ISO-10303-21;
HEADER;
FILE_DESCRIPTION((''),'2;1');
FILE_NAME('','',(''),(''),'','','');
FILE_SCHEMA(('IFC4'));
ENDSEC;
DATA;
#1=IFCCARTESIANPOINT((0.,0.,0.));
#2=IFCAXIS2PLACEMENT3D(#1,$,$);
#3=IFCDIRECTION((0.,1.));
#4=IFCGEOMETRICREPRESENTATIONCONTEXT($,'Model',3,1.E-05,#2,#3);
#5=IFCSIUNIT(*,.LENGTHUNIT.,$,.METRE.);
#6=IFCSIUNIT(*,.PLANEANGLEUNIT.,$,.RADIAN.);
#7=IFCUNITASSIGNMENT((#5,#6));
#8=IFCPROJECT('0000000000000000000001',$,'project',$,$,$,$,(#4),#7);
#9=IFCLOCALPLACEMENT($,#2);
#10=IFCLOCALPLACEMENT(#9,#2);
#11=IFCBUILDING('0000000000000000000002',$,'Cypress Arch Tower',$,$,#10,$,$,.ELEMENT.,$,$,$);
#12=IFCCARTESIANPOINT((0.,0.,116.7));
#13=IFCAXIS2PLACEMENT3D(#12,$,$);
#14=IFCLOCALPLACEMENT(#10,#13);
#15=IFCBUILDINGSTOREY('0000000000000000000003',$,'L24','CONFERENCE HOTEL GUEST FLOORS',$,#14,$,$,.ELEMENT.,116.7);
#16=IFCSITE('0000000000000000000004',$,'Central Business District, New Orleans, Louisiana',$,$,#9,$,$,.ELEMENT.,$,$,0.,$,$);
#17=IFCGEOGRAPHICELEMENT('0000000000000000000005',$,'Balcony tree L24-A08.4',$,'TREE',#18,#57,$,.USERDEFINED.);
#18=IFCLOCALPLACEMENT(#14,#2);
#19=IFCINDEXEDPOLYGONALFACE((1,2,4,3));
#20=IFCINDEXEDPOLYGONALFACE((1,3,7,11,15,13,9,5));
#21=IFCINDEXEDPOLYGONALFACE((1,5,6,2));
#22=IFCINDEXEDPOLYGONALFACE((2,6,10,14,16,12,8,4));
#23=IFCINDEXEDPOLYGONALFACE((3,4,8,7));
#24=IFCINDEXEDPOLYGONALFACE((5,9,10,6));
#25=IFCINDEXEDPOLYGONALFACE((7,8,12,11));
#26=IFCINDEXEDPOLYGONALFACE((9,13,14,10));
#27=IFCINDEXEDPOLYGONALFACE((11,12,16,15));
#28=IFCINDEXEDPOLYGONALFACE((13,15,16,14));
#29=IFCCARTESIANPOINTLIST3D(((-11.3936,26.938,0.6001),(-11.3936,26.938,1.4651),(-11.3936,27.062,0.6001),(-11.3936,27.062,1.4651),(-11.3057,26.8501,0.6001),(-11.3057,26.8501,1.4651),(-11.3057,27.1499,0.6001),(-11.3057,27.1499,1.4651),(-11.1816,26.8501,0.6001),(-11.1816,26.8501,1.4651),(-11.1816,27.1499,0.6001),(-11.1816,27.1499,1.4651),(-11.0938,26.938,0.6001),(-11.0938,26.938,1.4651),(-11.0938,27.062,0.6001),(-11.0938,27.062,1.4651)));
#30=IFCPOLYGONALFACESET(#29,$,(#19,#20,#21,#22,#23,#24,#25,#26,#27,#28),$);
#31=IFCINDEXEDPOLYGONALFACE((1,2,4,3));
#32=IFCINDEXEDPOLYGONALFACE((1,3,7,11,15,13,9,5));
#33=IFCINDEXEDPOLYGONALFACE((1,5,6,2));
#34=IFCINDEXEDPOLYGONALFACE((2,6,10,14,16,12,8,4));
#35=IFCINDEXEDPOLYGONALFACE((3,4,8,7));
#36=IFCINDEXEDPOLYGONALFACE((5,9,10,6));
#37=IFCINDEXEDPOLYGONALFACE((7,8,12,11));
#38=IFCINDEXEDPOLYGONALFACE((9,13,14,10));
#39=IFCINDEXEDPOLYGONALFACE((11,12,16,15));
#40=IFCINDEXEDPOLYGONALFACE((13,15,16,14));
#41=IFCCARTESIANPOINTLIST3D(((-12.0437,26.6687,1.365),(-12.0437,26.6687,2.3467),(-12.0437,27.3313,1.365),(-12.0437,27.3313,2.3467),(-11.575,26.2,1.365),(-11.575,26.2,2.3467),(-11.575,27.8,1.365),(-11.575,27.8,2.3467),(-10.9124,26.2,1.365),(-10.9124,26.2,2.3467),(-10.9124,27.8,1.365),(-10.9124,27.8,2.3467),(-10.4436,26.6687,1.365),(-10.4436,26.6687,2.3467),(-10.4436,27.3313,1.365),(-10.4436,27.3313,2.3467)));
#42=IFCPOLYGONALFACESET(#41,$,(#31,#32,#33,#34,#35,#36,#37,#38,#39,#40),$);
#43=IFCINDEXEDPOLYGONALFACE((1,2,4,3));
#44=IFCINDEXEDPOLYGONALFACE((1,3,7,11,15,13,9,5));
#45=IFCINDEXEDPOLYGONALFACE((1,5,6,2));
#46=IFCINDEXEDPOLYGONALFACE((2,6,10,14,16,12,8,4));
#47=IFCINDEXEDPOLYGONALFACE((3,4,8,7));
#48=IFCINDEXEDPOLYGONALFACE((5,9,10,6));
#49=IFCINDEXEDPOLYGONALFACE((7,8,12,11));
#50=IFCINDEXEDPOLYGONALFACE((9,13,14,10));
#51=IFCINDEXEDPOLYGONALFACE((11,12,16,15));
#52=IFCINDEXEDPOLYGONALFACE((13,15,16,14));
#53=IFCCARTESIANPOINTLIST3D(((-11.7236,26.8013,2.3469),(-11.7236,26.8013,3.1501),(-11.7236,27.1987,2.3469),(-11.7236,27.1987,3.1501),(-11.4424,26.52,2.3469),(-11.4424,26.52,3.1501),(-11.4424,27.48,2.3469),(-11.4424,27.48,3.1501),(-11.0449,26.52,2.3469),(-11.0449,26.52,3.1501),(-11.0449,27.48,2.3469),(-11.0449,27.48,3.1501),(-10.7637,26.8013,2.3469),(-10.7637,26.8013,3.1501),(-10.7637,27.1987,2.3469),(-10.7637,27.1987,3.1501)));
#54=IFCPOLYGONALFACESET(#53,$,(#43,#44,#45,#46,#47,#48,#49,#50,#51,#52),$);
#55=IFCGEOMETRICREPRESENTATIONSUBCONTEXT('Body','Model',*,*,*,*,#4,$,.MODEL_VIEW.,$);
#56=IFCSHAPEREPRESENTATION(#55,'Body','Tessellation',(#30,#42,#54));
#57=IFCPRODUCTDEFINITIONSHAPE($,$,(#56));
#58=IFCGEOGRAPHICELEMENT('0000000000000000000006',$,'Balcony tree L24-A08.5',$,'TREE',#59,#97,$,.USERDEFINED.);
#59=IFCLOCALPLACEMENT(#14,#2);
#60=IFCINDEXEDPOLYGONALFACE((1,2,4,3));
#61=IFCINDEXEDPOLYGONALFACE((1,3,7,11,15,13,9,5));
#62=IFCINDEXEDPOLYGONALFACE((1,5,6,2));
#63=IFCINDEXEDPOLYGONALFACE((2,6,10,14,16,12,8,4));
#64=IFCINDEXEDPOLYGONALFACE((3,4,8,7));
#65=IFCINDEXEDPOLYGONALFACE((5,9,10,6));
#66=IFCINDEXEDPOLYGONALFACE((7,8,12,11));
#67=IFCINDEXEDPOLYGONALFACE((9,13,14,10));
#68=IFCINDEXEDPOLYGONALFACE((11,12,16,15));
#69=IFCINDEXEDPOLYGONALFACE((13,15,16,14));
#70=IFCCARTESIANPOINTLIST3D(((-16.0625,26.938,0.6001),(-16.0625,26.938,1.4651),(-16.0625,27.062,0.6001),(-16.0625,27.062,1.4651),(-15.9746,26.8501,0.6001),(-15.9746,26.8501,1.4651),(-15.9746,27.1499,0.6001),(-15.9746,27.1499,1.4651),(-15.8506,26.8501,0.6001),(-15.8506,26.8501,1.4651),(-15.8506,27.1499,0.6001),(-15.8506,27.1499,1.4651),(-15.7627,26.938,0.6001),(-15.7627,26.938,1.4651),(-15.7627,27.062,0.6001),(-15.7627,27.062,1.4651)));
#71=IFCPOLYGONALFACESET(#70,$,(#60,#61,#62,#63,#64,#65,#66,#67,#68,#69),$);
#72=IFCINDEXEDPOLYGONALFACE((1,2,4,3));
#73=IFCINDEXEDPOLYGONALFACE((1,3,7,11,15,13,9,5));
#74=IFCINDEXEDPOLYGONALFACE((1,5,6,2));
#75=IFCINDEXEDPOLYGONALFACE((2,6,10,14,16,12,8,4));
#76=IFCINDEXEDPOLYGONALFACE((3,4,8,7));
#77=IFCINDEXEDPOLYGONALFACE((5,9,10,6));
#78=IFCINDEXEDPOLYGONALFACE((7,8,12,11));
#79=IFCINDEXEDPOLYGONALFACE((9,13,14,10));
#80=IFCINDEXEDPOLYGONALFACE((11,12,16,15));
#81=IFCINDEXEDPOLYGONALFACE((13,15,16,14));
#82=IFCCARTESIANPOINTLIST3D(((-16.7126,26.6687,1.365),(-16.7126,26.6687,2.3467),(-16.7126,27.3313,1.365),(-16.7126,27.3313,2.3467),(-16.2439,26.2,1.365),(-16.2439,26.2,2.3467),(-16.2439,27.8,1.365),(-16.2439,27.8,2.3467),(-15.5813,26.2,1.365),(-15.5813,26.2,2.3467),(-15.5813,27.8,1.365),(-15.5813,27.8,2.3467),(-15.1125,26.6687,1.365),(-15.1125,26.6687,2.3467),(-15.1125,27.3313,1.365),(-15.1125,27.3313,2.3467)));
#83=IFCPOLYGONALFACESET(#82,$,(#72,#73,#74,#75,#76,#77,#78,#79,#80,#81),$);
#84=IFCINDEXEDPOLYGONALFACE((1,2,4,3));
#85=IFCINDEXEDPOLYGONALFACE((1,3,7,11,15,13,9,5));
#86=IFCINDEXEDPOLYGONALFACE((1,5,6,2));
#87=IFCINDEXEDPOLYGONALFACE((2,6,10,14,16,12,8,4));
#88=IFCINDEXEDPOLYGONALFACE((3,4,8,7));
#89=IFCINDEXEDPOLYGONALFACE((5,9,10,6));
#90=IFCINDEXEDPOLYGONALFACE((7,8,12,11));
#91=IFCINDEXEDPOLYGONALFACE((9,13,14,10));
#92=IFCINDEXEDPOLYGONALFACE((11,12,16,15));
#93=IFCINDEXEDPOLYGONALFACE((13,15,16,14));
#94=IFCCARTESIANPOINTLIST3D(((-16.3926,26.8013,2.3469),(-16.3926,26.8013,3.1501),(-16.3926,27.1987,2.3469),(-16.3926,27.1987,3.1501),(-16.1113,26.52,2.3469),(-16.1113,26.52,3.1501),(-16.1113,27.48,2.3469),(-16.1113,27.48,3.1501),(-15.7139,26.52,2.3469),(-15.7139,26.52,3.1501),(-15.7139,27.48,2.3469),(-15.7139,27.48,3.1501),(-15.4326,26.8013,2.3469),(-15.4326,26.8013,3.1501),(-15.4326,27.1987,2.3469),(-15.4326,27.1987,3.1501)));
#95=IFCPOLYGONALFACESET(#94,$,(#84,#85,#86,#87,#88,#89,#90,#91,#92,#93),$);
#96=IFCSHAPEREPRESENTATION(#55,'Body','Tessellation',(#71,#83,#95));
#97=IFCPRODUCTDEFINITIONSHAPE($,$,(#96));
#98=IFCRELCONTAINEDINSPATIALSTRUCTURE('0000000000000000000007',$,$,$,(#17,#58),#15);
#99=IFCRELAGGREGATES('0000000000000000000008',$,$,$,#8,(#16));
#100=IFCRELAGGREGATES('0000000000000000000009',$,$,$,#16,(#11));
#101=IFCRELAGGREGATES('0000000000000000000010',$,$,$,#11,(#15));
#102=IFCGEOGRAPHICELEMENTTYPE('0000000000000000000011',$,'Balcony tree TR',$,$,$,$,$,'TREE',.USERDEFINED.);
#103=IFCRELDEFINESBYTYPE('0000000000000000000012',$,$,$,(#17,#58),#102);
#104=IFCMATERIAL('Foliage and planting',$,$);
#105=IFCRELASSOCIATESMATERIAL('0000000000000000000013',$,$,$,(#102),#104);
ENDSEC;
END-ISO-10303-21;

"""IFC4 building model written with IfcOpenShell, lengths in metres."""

from ifc_helpers import new_model, si_unit, direction, frame, origin, place, context, subcontext, project, spatial, polyline, outline, extrude, material, type_object, element, save


model = new_model("IFC4")

# Units and contexts
model_context = context("Model", 3, precision=1e-05, world=origin(), true_north=direction((0.0, 1.0)))
body_context = subcontext(model_context, "Body", "Model", "MODEL_VIEW")
ifc_project = project(units=[si_unit("LENGTHUNIT", "METRE"), si_unit("PLANEANGLEUNIT", "RADIAN")], contexts=[model_context])

# Site, building, storey
site_placement = place(None, origin())
site = spatial("IfcSite", under=ifc_project, at=site_placement, Name="Central Business District, New Orleans, Louisiana", CompositionType="ELEMENT", RefElevation=0.0)
building_placement = place(site_placement, origin())
building = spatial("IfcBuilding", under=site, at=building_placement, Name="Cypress Arch Tower", CompositionType="ELEMENT")
storey_placement = place(building_placement, frame((0.0, 0.0, 116.7)))
storey = spatial("IfcBuildingStorey", under=building, at=storey_placement, Name="L24", Description="CONFERENCE HOTEL GUEST FLOORS", CompositionType="ELEMENT", Elevation=116.7)

# Geographic elements
ifc_material_1 = material(Name="Foliage and planting")
geographic_element_type = type_object("IfcGeographicElementType", Name="Balcony tree TR", ElementType="TREE", PredefinedType="USERDEFINED", material=ifc_material_1)
for number, where, z_axis, x_axis, name in (
    (1, (-11.2437, 27.0, 0.6001), (0.0, 0.0, 1.0), (1.0, 0.0, 0.0), "Balcony tree L24-A08.4"),
    (2, (-15.9126, 27.0, 0.6001), (0.0, 0.0, 1.0), (1.0, 0.0, 0.0), "Balcony tree L24-A08.5"),
):
    element("IfcGeographicElement", number, at=place(storey_placement, frame(where, z_axis=z_axis, x_axis=x_axis)), inside=storey, type_object=geographic_element_type, Name=name, ObjectType="TREE", PredefinedType="USERDEFINED", context=body_context, shape_type="SweptSolid", body=[
        extrude(outline(polyline([(0.1499, 0.062), (0.062, 0.1499), (-0.062, 0.1499), (-0.1499, 0.062), (-0.1499, -0.062), (-0.062, -0.1499), (0.062, -0.1499), (0.1499, -0.062), (0.1499, 0.062)])), origin(), (0.0, 0.0, 1.0), 0.865),
        extrude(outline(polyline([(0.8, 0.3313), (0.3313, 0.8), (-0.3313, 0.8), (-0.8, 0.3313), (-0.8, -0.3313), (-0.3313, -0.8), (0.3313, -0.8), (0.8, -0.3313), (0.8, 0.3313)])), frame((0.0, 0.0, 0.7649)), (0.0, 0.0, 1.0), 0.9817),
        extrude(outline(polyline([(0.48, 0.1987), (0.1987, 0.48), (-0.1987, 0.48), (-0.48, 0.1987), (-0.48, -0.1987), (-0.1987, -0.48), (0.1987, -0.48), (0.48, -0.1987), (0.48, 0.1987)])), frame((0.0, 0.0, 1.7468)), (0.0, 0.0, 1.0), 0.8032),
    ])

save(model, "model.ifc")
